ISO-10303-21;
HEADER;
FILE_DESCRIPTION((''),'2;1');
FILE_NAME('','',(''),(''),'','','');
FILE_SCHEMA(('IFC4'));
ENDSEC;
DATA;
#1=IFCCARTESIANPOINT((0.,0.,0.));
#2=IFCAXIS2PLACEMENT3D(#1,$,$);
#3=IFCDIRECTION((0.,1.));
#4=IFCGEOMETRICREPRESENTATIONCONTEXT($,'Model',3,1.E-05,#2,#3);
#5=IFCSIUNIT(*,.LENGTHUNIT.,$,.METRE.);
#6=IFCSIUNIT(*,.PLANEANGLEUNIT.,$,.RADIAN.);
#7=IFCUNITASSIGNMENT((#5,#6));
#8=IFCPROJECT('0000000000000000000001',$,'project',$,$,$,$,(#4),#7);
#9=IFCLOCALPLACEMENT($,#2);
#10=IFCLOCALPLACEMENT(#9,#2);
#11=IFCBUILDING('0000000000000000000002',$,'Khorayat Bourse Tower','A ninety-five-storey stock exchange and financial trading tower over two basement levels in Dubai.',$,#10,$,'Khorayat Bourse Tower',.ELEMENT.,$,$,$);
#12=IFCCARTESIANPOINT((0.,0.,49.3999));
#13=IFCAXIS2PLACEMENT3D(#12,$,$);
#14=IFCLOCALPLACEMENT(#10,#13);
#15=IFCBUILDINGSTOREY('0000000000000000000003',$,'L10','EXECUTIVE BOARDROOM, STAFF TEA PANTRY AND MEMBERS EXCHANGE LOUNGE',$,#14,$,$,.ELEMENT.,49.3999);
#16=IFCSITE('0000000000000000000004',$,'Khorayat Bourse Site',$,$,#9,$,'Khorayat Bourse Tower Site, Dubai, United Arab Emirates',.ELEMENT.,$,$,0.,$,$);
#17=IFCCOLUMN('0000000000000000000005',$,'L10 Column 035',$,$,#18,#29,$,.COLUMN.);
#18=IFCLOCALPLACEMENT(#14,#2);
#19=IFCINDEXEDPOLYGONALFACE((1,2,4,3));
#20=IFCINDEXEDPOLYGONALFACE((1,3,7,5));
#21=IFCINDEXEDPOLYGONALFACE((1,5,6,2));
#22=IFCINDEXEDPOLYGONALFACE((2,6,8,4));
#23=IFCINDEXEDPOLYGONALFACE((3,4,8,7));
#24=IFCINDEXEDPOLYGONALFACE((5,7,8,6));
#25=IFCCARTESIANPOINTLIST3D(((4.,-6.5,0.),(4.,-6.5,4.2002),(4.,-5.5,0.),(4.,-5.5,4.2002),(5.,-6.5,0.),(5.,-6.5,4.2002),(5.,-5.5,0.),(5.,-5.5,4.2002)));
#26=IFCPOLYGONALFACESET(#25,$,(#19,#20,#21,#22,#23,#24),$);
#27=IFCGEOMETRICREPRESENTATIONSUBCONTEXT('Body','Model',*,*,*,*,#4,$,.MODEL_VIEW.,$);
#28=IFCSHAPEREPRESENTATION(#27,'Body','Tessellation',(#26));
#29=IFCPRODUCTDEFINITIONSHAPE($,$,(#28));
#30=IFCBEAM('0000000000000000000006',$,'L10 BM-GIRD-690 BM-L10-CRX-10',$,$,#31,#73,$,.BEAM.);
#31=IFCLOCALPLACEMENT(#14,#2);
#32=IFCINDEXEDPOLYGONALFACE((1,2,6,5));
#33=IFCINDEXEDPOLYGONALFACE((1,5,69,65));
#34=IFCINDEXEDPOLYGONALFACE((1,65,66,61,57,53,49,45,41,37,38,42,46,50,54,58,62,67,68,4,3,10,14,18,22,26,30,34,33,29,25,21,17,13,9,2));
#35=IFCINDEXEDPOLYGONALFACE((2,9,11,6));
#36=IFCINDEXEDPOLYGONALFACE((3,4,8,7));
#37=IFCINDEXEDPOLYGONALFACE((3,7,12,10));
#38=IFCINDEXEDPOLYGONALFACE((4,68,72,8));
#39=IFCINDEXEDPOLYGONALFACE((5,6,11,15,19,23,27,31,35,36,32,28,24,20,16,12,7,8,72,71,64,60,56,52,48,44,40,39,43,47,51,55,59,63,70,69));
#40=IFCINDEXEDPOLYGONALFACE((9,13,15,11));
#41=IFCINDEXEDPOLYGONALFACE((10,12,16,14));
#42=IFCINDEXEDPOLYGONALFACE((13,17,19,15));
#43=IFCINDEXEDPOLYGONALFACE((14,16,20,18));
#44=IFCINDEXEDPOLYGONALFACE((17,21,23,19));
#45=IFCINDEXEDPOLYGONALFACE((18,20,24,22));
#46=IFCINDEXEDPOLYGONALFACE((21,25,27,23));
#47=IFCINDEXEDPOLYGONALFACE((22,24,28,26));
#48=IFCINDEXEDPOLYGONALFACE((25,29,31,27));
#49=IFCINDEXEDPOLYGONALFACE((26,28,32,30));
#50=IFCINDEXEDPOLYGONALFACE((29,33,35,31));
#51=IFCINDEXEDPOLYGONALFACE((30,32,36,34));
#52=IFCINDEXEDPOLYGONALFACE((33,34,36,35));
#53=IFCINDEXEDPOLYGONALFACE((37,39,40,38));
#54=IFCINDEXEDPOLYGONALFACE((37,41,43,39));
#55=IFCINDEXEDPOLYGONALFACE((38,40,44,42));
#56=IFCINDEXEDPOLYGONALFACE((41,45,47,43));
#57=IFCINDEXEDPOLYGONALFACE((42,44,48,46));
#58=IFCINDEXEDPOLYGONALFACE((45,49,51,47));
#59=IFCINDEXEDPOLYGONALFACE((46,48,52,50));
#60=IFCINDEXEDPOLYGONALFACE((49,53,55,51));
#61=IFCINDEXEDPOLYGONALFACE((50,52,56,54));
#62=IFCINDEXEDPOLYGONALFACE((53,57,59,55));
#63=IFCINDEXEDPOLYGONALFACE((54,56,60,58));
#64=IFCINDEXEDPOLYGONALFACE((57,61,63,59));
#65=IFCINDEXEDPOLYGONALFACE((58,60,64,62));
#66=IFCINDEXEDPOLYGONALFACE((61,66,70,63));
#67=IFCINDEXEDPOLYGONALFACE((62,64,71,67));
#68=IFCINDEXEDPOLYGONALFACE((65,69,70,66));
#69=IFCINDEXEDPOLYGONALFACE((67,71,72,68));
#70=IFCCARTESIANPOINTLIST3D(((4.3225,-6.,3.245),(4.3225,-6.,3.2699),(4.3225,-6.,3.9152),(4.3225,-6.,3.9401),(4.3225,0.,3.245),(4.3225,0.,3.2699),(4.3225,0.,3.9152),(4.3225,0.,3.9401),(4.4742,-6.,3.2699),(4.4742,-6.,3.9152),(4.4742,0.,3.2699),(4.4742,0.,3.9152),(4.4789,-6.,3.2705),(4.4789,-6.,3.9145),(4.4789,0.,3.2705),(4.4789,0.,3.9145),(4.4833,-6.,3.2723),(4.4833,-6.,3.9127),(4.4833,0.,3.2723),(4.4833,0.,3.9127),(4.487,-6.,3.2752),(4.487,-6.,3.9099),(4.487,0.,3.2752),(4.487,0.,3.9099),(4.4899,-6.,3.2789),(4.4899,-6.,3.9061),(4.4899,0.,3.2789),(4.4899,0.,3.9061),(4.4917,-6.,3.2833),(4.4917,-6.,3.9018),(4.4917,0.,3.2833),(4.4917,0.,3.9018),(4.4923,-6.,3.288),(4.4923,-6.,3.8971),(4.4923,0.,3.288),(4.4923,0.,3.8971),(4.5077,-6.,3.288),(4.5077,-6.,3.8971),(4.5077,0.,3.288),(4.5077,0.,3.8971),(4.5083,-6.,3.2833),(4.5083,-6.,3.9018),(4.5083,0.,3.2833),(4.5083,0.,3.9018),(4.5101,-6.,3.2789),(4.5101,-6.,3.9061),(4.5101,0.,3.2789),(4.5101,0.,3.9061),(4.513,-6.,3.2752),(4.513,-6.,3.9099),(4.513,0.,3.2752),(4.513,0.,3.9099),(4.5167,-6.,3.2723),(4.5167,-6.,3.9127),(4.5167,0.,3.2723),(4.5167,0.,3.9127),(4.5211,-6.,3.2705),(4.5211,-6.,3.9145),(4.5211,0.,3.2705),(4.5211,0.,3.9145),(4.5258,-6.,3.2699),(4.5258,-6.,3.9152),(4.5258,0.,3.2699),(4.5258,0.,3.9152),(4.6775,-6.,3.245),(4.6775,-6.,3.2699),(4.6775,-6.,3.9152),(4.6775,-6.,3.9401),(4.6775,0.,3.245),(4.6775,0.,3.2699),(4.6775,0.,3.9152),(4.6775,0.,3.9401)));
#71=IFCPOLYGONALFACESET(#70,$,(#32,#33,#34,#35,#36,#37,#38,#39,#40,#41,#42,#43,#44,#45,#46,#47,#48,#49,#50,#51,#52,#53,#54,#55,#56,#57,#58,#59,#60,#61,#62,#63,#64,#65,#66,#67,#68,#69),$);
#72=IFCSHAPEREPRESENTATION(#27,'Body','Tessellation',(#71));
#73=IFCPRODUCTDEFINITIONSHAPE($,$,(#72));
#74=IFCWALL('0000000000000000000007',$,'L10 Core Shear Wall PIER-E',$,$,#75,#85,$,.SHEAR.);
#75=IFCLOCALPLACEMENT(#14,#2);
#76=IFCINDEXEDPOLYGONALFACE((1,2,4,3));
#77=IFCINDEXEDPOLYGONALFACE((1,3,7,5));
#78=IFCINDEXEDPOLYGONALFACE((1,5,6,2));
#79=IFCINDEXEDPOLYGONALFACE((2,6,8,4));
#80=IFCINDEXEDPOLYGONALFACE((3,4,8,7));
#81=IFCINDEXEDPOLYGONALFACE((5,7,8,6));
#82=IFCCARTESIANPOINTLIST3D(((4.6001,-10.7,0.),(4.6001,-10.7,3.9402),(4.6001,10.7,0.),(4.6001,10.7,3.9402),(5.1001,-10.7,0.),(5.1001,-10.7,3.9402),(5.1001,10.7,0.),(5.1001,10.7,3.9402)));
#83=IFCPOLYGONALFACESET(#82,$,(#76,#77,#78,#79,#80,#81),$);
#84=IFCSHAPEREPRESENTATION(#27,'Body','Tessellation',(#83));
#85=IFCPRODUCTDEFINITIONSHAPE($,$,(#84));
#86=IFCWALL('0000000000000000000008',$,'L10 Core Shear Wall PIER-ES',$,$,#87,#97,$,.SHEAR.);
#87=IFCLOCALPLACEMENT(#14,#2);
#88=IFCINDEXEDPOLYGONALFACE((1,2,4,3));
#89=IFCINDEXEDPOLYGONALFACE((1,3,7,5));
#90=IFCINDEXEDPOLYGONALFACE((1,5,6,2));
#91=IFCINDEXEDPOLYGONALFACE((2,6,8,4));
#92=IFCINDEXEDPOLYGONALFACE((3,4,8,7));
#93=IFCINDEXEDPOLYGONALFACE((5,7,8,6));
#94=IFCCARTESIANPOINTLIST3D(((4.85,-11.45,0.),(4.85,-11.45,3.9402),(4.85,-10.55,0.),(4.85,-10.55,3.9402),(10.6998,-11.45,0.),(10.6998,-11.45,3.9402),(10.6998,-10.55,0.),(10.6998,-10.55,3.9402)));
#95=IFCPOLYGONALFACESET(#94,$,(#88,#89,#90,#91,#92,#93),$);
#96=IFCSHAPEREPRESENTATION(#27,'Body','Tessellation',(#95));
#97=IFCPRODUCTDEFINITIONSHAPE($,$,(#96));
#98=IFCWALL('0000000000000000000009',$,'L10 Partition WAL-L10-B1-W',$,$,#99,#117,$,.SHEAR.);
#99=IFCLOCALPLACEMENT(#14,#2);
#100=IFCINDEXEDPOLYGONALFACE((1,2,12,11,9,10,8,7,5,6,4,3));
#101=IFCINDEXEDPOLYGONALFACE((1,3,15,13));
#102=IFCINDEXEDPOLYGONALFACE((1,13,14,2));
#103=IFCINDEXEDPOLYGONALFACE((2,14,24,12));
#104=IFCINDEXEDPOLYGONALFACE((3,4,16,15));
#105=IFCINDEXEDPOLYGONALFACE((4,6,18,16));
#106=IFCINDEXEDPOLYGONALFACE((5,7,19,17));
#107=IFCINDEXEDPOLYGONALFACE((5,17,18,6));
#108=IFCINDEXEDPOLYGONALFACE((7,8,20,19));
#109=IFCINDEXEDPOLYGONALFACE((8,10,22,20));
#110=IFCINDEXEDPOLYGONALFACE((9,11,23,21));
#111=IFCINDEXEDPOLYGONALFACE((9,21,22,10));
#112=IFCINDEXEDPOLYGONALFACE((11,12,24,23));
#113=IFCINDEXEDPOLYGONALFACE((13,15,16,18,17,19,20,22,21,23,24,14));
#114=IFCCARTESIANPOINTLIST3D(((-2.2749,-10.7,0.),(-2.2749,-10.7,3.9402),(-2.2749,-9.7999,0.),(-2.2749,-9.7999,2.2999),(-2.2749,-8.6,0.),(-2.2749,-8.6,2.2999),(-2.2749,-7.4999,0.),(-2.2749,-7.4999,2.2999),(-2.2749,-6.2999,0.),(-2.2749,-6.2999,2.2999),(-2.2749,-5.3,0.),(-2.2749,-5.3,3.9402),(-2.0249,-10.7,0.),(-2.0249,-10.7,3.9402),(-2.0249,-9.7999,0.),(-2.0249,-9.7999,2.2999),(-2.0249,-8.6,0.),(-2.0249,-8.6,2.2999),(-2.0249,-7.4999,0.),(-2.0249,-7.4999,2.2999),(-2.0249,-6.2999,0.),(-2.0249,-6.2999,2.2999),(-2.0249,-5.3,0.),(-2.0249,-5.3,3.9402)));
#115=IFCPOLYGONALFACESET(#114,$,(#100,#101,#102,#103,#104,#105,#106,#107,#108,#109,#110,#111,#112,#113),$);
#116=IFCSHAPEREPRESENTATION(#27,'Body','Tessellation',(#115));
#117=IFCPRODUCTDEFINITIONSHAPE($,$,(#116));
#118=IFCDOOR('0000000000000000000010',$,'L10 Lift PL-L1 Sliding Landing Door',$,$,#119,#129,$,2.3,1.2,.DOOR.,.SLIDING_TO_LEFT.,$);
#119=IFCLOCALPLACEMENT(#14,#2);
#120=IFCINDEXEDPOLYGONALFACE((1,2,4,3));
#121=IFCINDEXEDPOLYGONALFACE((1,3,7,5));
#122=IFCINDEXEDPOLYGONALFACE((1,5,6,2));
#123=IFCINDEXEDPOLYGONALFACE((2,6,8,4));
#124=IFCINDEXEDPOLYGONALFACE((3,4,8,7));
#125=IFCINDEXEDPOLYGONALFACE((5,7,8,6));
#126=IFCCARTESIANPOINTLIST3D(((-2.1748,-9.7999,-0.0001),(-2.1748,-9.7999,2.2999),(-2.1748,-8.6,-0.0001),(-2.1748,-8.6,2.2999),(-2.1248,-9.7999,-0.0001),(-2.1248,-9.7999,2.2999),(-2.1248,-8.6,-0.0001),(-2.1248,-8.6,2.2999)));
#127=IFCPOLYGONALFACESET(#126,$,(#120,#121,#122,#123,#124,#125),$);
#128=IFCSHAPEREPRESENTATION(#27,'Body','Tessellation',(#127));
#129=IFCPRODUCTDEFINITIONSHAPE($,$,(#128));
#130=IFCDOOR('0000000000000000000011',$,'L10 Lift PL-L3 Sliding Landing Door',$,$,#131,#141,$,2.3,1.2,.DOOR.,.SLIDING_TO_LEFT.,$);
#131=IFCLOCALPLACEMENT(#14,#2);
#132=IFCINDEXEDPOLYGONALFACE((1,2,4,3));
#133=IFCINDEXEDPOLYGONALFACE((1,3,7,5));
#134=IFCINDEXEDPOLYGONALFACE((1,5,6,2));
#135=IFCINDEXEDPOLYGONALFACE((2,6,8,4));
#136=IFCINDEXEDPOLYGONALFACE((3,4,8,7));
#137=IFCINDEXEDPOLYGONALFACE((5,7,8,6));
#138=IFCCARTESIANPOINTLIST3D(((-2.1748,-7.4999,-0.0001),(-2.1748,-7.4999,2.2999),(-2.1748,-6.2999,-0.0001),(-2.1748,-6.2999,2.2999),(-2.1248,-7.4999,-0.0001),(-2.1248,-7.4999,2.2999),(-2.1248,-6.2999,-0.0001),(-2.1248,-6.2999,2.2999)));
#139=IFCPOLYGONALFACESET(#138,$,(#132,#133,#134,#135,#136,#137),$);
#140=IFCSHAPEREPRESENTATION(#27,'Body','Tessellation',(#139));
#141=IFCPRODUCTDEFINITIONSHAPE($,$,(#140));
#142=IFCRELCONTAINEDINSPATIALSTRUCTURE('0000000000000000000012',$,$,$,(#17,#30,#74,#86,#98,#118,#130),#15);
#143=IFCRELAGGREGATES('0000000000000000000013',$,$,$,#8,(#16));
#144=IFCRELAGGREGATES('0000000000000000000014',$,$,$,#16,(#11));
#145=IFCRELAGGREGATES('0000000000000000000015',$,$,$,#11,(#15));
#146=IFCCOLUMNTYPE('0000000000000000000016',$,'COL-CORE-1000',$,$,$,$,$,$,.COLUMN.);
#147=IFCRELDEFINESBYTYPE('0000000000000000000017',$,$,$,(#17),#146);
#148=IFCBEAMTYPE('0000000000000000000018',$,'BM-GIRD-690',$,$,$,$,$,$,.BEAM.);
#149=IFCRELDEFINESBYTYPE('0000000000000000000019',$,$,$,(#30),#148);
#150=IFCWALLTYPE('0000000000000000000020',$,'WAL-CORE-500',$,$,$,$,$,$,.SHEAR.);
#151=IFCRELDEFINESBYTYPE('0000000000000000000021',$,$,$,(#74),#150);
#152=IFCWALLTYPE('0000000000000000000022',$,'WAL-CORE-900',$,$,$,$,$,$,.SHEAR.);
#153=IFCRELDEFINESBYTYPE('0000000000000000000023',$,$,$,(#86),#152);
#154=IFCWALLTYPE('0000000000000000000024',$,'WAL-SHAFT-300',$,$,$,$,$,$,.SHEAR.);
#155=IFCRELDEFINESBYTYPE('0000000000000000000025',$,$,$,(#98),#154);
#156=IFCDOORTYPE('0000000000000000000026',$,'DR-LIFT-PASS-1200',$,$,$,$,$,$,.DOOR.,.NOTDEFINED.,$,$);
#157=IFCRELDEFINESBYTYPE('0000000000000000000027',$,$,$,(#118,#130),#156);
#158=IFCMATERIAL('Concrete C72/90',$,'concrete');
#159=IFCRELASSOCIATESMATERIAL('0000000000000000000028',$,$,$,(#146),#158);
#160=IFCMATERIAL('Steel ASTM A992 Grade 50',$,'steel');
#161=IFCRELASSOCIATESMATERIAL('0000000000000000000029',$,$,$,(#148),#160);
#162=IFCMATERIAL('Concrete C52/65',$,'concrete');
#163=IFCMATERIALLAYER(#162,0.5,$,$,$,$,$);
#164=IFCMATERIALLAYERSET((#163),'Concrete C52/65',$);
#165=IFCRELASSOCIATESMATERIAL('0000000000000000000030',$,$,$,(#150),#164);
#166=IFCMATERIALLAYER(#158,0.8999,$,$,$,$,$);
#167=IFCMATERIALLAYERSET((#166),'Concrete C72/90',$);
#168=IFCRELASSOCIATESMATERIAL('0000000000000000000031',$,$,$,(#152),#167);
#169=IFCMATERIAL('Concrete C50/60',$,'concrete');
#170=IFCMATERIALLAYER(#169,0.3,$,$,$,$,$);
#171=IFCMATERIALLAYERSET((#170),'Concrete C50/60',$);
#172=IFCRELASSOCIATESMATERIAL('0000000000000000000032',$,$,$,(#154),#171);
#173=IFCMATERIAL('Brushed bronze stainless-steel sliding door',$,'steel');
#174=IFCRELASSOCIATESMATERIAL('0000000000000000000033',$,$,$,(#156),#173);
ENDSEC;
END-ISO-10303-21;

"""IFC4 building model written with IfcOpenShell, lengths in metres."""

from ifc_helpers import new_model, si_unit, direction, frame, frame_2d, origin, origin_2d, place, context, subcontext, project, spatial, rectangle, i_section, extrude, source, transform, mapped, material, layer, layer_set, material_profile, profile_set, type_object, element, fill, save


model = new_model("IFC4")

# Units and contexts
model_context = context("Model", 3, precision=1e-05, world=origin(), true_north=direction((0.0, 1.0)))
body_context = subcontext(model_context, "Body", "Model", "MODEL_VIEW")
ifc_project = project(units=[si_unit("LENGTHUNIT", "METRE"), si_unit("PLANEANGLEUNIT", "RADIAN")], contexts=[model_context])

# Site, building, storey
site_placement = place(None, origin())
site = spatial("IfcSite", under=ifc_project, at=site_placement, Name="Khorayat Bourse Site", LongName="Khorayat Bourse Tower Site, Dubai, United Arab Emirates", CompositionType="ELEMENT", RefElevation=0.0)
building_placement = place(site_placement, origin())
building = spatial("IfcBuilding", under=site, at=building_placement, Name="Khorayat Bourse Tower", Description="A ninety-five-storey stock exchange and financial trading tower over two basement levels in Dubai.", LongName="Khorayat Bourse Tower", CompositionType="ELEMENT")
storey_placement = place(building_placement, frame((0.0, 0.0, 49.3999)))
storey = spatial("IfcBuildingStorey", under=building, at=storey_placement, Name="L10", Description="EXECUTIVE BOARDROOM, STAFF TEA PANTRY AND MEMBERS EXCHANGE LOUNGE", CompositionType="ELEMENT", Elevation=49.3999)

# Column
ifc_material_1 = material(Name="Concrete C72/90", Category="concrete")
ifc_material_profile_1 = material_profile(ifc_material_1, rectangle(XDim=1.0, YDim=1.0, at=origin_2d()), Name="RC 1000x1000")
ifc_profile_set_1 = profile_set([ifc_material_profile_1], Name="Concrete C72/90")
column_type = type_object("IfcColumnType", Name="COL-CORE-1000", PredefinedType="COLUMN", material=ifc_profile_set_1)
shared_shape_1 = source(origin(), body_context, "Body", "SweptSolid", [
    extrude(rectangle(XDim=1.0, YDim=1.0, at=origin_2d()), origin(), (0.0, 0.0, 1.0), 4.2002),
])
column_placement = place(storey_placement, frame((4.5, -6.0, 0.0), z_axis=(0.0, 0.0, 1.0), x_axis=(1.0, 0.0, 0.0)))
element("IfcColumn", 1, at=column_placement, inside=storey, type_object=column_type, Name="L10 Column 035", PredefinedType="COLUMN", context=body_context, shape_type="MappedRepresentation", body=[
    mapped(shared_shape_1, transform((0.0, 0.0, 0.0), scale=1.0)),
])

# Beam
ifc_material_2 = material(Name="Steel ASTM A992 Grade 50", Category="steel")
ifc_material_profile_2 = material_profile(ifc_material_2, i_section(OverallWidth=0.355, OverallDepth=0.6951, WebThickness=0.0154, FlangeThickness=0.0249, FilletRadius=0.0181, at=origin_2d()), Name="W690X217")
ifc_profile_set_2 = profile_set([ifc_material_profile_2], Name="Steel ASTM A992 Grade 50")
beam_type = type_object("IfcBeamType", Name="BM-GIRD-690", PredefinedType="BEAM", material=ifc_profile_set_2)
shared_shape_2 = source(origin(), body_context, "Body", "SweptSolid", [
    extrude(i_section(OverallWidth=0.355, OverallDepth=0.6951, WebThickness=0.0154, FlangeThickness=0.0249, FilletRadius=0.0181, at=origin_2d()), origin(), (0.0, 0.0, 1.0), 6.0),
])
beam_placement = place(storey_placement, frame((4.5, -6.0, 3.5925), z_axis=(0.0, 1.0, 0.0), x_axis=(-1.0, 0.0, 0.0)))
element("IfcBeam", 2, at=beam_placement, inside=storey, type_object=beam_type, Name="L10 BM-GIRD-690 BM-L10-CRX-10", PredefinedType="BEAM", context=body_context, shape_type="MappedRepresentation", body=[
    mapped(shared_shape_2, transform((0.0, 0.0, 0.0), scale=1.0)),
])

# Walls
ifc_material_3 = material(Name="Concrete C52/65", Category="concrete")
ifc_layer_1 = layer(ifc_material_3, 0.5)
ifc_layer_set_1 = layer_set([ifc_layer_1], Name="Concrete C52/65")
wall_type_1 = type_object("IfcWallType", Name="WAL-CORE-500", PredefinedType="SHEAR", material=ifc_layer_set_1)
shared_shape_3 = source(origin(), body_context, "Body", "SweptSolid", [
    extrude(rectangle(XDim=21.3999, YDim=0.5, at=frame_2d((10.7, 0.0))), origin(), (0.0, 0.0, 1.0), 3.9402),
])
wall_1_placement = place(storey_placement, frame((4.8501, -10.7, 0.0), z_axis=(0.0, 0.0, 1.0), x_axis=(0.0, 1.0, 0.0)))
element("IfcWall", 3, at=wall_1_placement, inside=storey, type_object=wall_type_1, Name="L10 Core Shear Wall PIER-E", PredefinedType="SHEAR", context=body_context, shape_type="MappedRepresentation", body=[
    mapped(shared_shape_3, transform((0.0, 0.0, 0.0), scale=1.0)),
])
ifc_layer_2 = layer(ifc_material_1, 0.8999)
ifc_layer_set_2 = layer_set([ifc_layer_2], Name="Concrete C72/90")
wall_type_2 = type_object("IfcWallType", Name="WAL-CORE-900", PredefinedType="SHEAR", material=ifc_layer_set_2)
shared_shape_4 = source(origin(), body_context, "Body", "SweptSolid", [
    extrude(rectangle(XDim=5.8499, YDim=0.8999, at=frame_2d((2.9248, 0.0))), origin(), (0.0, 0.0, 1.0), 3.9402),
])
wall_2_placement = place(storey_placement, frame((4.8501, -11.0, 0.0), z_axis=(0.0, 0.0, 1.0), x_axis=(1.0, 0.0, 0.0)))
element("IfcWall", 4, at=wall_2_placement, inside=storey, type_object=wall_type_2, Name="L10 Core Shear Wall PIER-ES", PredefinedType="SHEAR", context=body_context, shape_type="MappedRepresentation", body=[
    mapped(shared_shape_4, transform((0.0, 0.0, 0.0), scale=1.0)),
])

# Wall, openings, doors
ifc_material_4 = material(Name="Concrete C50/60", Category="concrete")
ifc_layer_3 = layer(ifc_material_4, 0.3)
ifc_layer_set_3 = layer_set([ifc_layer_3], Name="Concrete C50/60")
wall_type_3 = type_object("IfcWallType", Name="WAL-SHAFT-300", PredefinedType="SHEAR", material=ifc_layer_set_3)
shared_shape_5 = source(origin(), body_context, "Body", "SweptSolid", [
    extrude(rectangle(XDim=5.3999, YDim=0.25, at=frame_2d((2.7, 0.0))), origin(), (0.0, 0.0, 1.0), 3.9402),
])
wall_3_placement = place(storey_placement, frame((-2.1499, -10.7, 0.0), z_axis=(0.0, 0.0, 1.0), x_axis=(0.0, 1.0, 0.0)))
wall_3 = element("IfcWall", 5, at=wall_3_placement, inside=storey, type_object=wall_type_3, Name="L10 Partition WAL-L10-B1-W", PredefinedType="SHEAR", context=body_context, shape_type="MappedRepresentation", body=[
    mapped(shared_shape_5, transform((0.0, 0.0, 0.0), scale=1.0)),
])
shared_shape_6 = source(origin(), body_context, "Body", "SweptSolid", [
    extrude(rectangle(XDim=1.2, YDim=2.3, at=frame_2d((0.6001, 1.1499))), frame((0.0, 0.135, 0.0), z_axis=(0.0, -1.0, 0.0), x_axis=(1.0, 0.0, 0.0)), (0.0, 0.0, 1.0), 0.27),
])
opening_1_placement = place(wall_3_placement, frame((0.8999, 0.0, 0.0)))
opening_1 = element("IfcOpeningElement", 6, at=opening_1_placement, cuts=wall_3, PredefinedType="OPENING", context=body_context, shape_type="MappedRepresentation", body=[
    mapped(shared_shape_6, transform((0.0, 0.0, 0.0), scale=1.0)),
])
opening_2_placement = place(wall_3_placement, frame((3.2, 0.0, 0.0)))
opening_2 = element("IfcOpeningElement", 7, at=opening_2_placement, cuts=wall_3, PredefinedType="OPENING", context=body_context, shape_type="MappedRepresentation", body=[
    mapped(shared_shape_6, transform((0.0, 0.0, 0.0), scale=1.0)),
])
ifc_material_5 = material(Name="Brushed bronze stainless-steel sliding door", Category="steel")
door_type_1 = type_object("IfcDoorType", Name="DR-LIFT-PASS-1200", OperationType="NOTDEFINED", PredefinedType="DOOR", material=ifc_material_5)
shared_shape_7 = source(origin(), body_context, "Body", "SweptSolid", [
    extrude(rectangle(XDim=1.2, YDim=2.3, at=frame_2d((0.6001, 1.1499))), frame((0.0, 0.0249, 0.0), z_axis=(0.0, -1.0, 0.0), x_axis=(1.0, 0.0, 0.0)), (0.0, 0.0, 1.0), 0.05),
])
door_1_placement = place(opening_1_placement, origin())
door_1 = element("IfcDoor", 8, at=door_1_placement, inside=storey, type_object=door_type_1, Name="L10 Lift PL-L1 Sliding Landing Door", OperationType="SLIDING_TO_LEFT", OverallHeight=2.3, OverallWidth=1.2, PredefinedType="DOOR", context=body_context, shape_type="MappedRepresentation", body=[
    mapped(shared_shape_7, transform((0.0, 0.0, 0.0), scale=1.0)),
])
fill(opening_1, door_1)
door_2_placement = place(opening_2_placement, origin())
door_2 = element("IfcDoor", 9, at=door_2_placement, inside=storey, type_object=door_type_1, Name="L10 Lift PL-L3 Sliding Landing Door", OperationType="SLIDING_TO_LEFT", OverallHeight=2.3, OverallWidth=1.2, PredefinedType="DOOR", context=body_context, shape_type="MappedRepresentation", body=[
    mapped(shared_shape_7, transform((0.0, 0.0, 0.0), scale=1.0)),
])
fill(opening_2, door_2)

save(model, "model.ifc")
